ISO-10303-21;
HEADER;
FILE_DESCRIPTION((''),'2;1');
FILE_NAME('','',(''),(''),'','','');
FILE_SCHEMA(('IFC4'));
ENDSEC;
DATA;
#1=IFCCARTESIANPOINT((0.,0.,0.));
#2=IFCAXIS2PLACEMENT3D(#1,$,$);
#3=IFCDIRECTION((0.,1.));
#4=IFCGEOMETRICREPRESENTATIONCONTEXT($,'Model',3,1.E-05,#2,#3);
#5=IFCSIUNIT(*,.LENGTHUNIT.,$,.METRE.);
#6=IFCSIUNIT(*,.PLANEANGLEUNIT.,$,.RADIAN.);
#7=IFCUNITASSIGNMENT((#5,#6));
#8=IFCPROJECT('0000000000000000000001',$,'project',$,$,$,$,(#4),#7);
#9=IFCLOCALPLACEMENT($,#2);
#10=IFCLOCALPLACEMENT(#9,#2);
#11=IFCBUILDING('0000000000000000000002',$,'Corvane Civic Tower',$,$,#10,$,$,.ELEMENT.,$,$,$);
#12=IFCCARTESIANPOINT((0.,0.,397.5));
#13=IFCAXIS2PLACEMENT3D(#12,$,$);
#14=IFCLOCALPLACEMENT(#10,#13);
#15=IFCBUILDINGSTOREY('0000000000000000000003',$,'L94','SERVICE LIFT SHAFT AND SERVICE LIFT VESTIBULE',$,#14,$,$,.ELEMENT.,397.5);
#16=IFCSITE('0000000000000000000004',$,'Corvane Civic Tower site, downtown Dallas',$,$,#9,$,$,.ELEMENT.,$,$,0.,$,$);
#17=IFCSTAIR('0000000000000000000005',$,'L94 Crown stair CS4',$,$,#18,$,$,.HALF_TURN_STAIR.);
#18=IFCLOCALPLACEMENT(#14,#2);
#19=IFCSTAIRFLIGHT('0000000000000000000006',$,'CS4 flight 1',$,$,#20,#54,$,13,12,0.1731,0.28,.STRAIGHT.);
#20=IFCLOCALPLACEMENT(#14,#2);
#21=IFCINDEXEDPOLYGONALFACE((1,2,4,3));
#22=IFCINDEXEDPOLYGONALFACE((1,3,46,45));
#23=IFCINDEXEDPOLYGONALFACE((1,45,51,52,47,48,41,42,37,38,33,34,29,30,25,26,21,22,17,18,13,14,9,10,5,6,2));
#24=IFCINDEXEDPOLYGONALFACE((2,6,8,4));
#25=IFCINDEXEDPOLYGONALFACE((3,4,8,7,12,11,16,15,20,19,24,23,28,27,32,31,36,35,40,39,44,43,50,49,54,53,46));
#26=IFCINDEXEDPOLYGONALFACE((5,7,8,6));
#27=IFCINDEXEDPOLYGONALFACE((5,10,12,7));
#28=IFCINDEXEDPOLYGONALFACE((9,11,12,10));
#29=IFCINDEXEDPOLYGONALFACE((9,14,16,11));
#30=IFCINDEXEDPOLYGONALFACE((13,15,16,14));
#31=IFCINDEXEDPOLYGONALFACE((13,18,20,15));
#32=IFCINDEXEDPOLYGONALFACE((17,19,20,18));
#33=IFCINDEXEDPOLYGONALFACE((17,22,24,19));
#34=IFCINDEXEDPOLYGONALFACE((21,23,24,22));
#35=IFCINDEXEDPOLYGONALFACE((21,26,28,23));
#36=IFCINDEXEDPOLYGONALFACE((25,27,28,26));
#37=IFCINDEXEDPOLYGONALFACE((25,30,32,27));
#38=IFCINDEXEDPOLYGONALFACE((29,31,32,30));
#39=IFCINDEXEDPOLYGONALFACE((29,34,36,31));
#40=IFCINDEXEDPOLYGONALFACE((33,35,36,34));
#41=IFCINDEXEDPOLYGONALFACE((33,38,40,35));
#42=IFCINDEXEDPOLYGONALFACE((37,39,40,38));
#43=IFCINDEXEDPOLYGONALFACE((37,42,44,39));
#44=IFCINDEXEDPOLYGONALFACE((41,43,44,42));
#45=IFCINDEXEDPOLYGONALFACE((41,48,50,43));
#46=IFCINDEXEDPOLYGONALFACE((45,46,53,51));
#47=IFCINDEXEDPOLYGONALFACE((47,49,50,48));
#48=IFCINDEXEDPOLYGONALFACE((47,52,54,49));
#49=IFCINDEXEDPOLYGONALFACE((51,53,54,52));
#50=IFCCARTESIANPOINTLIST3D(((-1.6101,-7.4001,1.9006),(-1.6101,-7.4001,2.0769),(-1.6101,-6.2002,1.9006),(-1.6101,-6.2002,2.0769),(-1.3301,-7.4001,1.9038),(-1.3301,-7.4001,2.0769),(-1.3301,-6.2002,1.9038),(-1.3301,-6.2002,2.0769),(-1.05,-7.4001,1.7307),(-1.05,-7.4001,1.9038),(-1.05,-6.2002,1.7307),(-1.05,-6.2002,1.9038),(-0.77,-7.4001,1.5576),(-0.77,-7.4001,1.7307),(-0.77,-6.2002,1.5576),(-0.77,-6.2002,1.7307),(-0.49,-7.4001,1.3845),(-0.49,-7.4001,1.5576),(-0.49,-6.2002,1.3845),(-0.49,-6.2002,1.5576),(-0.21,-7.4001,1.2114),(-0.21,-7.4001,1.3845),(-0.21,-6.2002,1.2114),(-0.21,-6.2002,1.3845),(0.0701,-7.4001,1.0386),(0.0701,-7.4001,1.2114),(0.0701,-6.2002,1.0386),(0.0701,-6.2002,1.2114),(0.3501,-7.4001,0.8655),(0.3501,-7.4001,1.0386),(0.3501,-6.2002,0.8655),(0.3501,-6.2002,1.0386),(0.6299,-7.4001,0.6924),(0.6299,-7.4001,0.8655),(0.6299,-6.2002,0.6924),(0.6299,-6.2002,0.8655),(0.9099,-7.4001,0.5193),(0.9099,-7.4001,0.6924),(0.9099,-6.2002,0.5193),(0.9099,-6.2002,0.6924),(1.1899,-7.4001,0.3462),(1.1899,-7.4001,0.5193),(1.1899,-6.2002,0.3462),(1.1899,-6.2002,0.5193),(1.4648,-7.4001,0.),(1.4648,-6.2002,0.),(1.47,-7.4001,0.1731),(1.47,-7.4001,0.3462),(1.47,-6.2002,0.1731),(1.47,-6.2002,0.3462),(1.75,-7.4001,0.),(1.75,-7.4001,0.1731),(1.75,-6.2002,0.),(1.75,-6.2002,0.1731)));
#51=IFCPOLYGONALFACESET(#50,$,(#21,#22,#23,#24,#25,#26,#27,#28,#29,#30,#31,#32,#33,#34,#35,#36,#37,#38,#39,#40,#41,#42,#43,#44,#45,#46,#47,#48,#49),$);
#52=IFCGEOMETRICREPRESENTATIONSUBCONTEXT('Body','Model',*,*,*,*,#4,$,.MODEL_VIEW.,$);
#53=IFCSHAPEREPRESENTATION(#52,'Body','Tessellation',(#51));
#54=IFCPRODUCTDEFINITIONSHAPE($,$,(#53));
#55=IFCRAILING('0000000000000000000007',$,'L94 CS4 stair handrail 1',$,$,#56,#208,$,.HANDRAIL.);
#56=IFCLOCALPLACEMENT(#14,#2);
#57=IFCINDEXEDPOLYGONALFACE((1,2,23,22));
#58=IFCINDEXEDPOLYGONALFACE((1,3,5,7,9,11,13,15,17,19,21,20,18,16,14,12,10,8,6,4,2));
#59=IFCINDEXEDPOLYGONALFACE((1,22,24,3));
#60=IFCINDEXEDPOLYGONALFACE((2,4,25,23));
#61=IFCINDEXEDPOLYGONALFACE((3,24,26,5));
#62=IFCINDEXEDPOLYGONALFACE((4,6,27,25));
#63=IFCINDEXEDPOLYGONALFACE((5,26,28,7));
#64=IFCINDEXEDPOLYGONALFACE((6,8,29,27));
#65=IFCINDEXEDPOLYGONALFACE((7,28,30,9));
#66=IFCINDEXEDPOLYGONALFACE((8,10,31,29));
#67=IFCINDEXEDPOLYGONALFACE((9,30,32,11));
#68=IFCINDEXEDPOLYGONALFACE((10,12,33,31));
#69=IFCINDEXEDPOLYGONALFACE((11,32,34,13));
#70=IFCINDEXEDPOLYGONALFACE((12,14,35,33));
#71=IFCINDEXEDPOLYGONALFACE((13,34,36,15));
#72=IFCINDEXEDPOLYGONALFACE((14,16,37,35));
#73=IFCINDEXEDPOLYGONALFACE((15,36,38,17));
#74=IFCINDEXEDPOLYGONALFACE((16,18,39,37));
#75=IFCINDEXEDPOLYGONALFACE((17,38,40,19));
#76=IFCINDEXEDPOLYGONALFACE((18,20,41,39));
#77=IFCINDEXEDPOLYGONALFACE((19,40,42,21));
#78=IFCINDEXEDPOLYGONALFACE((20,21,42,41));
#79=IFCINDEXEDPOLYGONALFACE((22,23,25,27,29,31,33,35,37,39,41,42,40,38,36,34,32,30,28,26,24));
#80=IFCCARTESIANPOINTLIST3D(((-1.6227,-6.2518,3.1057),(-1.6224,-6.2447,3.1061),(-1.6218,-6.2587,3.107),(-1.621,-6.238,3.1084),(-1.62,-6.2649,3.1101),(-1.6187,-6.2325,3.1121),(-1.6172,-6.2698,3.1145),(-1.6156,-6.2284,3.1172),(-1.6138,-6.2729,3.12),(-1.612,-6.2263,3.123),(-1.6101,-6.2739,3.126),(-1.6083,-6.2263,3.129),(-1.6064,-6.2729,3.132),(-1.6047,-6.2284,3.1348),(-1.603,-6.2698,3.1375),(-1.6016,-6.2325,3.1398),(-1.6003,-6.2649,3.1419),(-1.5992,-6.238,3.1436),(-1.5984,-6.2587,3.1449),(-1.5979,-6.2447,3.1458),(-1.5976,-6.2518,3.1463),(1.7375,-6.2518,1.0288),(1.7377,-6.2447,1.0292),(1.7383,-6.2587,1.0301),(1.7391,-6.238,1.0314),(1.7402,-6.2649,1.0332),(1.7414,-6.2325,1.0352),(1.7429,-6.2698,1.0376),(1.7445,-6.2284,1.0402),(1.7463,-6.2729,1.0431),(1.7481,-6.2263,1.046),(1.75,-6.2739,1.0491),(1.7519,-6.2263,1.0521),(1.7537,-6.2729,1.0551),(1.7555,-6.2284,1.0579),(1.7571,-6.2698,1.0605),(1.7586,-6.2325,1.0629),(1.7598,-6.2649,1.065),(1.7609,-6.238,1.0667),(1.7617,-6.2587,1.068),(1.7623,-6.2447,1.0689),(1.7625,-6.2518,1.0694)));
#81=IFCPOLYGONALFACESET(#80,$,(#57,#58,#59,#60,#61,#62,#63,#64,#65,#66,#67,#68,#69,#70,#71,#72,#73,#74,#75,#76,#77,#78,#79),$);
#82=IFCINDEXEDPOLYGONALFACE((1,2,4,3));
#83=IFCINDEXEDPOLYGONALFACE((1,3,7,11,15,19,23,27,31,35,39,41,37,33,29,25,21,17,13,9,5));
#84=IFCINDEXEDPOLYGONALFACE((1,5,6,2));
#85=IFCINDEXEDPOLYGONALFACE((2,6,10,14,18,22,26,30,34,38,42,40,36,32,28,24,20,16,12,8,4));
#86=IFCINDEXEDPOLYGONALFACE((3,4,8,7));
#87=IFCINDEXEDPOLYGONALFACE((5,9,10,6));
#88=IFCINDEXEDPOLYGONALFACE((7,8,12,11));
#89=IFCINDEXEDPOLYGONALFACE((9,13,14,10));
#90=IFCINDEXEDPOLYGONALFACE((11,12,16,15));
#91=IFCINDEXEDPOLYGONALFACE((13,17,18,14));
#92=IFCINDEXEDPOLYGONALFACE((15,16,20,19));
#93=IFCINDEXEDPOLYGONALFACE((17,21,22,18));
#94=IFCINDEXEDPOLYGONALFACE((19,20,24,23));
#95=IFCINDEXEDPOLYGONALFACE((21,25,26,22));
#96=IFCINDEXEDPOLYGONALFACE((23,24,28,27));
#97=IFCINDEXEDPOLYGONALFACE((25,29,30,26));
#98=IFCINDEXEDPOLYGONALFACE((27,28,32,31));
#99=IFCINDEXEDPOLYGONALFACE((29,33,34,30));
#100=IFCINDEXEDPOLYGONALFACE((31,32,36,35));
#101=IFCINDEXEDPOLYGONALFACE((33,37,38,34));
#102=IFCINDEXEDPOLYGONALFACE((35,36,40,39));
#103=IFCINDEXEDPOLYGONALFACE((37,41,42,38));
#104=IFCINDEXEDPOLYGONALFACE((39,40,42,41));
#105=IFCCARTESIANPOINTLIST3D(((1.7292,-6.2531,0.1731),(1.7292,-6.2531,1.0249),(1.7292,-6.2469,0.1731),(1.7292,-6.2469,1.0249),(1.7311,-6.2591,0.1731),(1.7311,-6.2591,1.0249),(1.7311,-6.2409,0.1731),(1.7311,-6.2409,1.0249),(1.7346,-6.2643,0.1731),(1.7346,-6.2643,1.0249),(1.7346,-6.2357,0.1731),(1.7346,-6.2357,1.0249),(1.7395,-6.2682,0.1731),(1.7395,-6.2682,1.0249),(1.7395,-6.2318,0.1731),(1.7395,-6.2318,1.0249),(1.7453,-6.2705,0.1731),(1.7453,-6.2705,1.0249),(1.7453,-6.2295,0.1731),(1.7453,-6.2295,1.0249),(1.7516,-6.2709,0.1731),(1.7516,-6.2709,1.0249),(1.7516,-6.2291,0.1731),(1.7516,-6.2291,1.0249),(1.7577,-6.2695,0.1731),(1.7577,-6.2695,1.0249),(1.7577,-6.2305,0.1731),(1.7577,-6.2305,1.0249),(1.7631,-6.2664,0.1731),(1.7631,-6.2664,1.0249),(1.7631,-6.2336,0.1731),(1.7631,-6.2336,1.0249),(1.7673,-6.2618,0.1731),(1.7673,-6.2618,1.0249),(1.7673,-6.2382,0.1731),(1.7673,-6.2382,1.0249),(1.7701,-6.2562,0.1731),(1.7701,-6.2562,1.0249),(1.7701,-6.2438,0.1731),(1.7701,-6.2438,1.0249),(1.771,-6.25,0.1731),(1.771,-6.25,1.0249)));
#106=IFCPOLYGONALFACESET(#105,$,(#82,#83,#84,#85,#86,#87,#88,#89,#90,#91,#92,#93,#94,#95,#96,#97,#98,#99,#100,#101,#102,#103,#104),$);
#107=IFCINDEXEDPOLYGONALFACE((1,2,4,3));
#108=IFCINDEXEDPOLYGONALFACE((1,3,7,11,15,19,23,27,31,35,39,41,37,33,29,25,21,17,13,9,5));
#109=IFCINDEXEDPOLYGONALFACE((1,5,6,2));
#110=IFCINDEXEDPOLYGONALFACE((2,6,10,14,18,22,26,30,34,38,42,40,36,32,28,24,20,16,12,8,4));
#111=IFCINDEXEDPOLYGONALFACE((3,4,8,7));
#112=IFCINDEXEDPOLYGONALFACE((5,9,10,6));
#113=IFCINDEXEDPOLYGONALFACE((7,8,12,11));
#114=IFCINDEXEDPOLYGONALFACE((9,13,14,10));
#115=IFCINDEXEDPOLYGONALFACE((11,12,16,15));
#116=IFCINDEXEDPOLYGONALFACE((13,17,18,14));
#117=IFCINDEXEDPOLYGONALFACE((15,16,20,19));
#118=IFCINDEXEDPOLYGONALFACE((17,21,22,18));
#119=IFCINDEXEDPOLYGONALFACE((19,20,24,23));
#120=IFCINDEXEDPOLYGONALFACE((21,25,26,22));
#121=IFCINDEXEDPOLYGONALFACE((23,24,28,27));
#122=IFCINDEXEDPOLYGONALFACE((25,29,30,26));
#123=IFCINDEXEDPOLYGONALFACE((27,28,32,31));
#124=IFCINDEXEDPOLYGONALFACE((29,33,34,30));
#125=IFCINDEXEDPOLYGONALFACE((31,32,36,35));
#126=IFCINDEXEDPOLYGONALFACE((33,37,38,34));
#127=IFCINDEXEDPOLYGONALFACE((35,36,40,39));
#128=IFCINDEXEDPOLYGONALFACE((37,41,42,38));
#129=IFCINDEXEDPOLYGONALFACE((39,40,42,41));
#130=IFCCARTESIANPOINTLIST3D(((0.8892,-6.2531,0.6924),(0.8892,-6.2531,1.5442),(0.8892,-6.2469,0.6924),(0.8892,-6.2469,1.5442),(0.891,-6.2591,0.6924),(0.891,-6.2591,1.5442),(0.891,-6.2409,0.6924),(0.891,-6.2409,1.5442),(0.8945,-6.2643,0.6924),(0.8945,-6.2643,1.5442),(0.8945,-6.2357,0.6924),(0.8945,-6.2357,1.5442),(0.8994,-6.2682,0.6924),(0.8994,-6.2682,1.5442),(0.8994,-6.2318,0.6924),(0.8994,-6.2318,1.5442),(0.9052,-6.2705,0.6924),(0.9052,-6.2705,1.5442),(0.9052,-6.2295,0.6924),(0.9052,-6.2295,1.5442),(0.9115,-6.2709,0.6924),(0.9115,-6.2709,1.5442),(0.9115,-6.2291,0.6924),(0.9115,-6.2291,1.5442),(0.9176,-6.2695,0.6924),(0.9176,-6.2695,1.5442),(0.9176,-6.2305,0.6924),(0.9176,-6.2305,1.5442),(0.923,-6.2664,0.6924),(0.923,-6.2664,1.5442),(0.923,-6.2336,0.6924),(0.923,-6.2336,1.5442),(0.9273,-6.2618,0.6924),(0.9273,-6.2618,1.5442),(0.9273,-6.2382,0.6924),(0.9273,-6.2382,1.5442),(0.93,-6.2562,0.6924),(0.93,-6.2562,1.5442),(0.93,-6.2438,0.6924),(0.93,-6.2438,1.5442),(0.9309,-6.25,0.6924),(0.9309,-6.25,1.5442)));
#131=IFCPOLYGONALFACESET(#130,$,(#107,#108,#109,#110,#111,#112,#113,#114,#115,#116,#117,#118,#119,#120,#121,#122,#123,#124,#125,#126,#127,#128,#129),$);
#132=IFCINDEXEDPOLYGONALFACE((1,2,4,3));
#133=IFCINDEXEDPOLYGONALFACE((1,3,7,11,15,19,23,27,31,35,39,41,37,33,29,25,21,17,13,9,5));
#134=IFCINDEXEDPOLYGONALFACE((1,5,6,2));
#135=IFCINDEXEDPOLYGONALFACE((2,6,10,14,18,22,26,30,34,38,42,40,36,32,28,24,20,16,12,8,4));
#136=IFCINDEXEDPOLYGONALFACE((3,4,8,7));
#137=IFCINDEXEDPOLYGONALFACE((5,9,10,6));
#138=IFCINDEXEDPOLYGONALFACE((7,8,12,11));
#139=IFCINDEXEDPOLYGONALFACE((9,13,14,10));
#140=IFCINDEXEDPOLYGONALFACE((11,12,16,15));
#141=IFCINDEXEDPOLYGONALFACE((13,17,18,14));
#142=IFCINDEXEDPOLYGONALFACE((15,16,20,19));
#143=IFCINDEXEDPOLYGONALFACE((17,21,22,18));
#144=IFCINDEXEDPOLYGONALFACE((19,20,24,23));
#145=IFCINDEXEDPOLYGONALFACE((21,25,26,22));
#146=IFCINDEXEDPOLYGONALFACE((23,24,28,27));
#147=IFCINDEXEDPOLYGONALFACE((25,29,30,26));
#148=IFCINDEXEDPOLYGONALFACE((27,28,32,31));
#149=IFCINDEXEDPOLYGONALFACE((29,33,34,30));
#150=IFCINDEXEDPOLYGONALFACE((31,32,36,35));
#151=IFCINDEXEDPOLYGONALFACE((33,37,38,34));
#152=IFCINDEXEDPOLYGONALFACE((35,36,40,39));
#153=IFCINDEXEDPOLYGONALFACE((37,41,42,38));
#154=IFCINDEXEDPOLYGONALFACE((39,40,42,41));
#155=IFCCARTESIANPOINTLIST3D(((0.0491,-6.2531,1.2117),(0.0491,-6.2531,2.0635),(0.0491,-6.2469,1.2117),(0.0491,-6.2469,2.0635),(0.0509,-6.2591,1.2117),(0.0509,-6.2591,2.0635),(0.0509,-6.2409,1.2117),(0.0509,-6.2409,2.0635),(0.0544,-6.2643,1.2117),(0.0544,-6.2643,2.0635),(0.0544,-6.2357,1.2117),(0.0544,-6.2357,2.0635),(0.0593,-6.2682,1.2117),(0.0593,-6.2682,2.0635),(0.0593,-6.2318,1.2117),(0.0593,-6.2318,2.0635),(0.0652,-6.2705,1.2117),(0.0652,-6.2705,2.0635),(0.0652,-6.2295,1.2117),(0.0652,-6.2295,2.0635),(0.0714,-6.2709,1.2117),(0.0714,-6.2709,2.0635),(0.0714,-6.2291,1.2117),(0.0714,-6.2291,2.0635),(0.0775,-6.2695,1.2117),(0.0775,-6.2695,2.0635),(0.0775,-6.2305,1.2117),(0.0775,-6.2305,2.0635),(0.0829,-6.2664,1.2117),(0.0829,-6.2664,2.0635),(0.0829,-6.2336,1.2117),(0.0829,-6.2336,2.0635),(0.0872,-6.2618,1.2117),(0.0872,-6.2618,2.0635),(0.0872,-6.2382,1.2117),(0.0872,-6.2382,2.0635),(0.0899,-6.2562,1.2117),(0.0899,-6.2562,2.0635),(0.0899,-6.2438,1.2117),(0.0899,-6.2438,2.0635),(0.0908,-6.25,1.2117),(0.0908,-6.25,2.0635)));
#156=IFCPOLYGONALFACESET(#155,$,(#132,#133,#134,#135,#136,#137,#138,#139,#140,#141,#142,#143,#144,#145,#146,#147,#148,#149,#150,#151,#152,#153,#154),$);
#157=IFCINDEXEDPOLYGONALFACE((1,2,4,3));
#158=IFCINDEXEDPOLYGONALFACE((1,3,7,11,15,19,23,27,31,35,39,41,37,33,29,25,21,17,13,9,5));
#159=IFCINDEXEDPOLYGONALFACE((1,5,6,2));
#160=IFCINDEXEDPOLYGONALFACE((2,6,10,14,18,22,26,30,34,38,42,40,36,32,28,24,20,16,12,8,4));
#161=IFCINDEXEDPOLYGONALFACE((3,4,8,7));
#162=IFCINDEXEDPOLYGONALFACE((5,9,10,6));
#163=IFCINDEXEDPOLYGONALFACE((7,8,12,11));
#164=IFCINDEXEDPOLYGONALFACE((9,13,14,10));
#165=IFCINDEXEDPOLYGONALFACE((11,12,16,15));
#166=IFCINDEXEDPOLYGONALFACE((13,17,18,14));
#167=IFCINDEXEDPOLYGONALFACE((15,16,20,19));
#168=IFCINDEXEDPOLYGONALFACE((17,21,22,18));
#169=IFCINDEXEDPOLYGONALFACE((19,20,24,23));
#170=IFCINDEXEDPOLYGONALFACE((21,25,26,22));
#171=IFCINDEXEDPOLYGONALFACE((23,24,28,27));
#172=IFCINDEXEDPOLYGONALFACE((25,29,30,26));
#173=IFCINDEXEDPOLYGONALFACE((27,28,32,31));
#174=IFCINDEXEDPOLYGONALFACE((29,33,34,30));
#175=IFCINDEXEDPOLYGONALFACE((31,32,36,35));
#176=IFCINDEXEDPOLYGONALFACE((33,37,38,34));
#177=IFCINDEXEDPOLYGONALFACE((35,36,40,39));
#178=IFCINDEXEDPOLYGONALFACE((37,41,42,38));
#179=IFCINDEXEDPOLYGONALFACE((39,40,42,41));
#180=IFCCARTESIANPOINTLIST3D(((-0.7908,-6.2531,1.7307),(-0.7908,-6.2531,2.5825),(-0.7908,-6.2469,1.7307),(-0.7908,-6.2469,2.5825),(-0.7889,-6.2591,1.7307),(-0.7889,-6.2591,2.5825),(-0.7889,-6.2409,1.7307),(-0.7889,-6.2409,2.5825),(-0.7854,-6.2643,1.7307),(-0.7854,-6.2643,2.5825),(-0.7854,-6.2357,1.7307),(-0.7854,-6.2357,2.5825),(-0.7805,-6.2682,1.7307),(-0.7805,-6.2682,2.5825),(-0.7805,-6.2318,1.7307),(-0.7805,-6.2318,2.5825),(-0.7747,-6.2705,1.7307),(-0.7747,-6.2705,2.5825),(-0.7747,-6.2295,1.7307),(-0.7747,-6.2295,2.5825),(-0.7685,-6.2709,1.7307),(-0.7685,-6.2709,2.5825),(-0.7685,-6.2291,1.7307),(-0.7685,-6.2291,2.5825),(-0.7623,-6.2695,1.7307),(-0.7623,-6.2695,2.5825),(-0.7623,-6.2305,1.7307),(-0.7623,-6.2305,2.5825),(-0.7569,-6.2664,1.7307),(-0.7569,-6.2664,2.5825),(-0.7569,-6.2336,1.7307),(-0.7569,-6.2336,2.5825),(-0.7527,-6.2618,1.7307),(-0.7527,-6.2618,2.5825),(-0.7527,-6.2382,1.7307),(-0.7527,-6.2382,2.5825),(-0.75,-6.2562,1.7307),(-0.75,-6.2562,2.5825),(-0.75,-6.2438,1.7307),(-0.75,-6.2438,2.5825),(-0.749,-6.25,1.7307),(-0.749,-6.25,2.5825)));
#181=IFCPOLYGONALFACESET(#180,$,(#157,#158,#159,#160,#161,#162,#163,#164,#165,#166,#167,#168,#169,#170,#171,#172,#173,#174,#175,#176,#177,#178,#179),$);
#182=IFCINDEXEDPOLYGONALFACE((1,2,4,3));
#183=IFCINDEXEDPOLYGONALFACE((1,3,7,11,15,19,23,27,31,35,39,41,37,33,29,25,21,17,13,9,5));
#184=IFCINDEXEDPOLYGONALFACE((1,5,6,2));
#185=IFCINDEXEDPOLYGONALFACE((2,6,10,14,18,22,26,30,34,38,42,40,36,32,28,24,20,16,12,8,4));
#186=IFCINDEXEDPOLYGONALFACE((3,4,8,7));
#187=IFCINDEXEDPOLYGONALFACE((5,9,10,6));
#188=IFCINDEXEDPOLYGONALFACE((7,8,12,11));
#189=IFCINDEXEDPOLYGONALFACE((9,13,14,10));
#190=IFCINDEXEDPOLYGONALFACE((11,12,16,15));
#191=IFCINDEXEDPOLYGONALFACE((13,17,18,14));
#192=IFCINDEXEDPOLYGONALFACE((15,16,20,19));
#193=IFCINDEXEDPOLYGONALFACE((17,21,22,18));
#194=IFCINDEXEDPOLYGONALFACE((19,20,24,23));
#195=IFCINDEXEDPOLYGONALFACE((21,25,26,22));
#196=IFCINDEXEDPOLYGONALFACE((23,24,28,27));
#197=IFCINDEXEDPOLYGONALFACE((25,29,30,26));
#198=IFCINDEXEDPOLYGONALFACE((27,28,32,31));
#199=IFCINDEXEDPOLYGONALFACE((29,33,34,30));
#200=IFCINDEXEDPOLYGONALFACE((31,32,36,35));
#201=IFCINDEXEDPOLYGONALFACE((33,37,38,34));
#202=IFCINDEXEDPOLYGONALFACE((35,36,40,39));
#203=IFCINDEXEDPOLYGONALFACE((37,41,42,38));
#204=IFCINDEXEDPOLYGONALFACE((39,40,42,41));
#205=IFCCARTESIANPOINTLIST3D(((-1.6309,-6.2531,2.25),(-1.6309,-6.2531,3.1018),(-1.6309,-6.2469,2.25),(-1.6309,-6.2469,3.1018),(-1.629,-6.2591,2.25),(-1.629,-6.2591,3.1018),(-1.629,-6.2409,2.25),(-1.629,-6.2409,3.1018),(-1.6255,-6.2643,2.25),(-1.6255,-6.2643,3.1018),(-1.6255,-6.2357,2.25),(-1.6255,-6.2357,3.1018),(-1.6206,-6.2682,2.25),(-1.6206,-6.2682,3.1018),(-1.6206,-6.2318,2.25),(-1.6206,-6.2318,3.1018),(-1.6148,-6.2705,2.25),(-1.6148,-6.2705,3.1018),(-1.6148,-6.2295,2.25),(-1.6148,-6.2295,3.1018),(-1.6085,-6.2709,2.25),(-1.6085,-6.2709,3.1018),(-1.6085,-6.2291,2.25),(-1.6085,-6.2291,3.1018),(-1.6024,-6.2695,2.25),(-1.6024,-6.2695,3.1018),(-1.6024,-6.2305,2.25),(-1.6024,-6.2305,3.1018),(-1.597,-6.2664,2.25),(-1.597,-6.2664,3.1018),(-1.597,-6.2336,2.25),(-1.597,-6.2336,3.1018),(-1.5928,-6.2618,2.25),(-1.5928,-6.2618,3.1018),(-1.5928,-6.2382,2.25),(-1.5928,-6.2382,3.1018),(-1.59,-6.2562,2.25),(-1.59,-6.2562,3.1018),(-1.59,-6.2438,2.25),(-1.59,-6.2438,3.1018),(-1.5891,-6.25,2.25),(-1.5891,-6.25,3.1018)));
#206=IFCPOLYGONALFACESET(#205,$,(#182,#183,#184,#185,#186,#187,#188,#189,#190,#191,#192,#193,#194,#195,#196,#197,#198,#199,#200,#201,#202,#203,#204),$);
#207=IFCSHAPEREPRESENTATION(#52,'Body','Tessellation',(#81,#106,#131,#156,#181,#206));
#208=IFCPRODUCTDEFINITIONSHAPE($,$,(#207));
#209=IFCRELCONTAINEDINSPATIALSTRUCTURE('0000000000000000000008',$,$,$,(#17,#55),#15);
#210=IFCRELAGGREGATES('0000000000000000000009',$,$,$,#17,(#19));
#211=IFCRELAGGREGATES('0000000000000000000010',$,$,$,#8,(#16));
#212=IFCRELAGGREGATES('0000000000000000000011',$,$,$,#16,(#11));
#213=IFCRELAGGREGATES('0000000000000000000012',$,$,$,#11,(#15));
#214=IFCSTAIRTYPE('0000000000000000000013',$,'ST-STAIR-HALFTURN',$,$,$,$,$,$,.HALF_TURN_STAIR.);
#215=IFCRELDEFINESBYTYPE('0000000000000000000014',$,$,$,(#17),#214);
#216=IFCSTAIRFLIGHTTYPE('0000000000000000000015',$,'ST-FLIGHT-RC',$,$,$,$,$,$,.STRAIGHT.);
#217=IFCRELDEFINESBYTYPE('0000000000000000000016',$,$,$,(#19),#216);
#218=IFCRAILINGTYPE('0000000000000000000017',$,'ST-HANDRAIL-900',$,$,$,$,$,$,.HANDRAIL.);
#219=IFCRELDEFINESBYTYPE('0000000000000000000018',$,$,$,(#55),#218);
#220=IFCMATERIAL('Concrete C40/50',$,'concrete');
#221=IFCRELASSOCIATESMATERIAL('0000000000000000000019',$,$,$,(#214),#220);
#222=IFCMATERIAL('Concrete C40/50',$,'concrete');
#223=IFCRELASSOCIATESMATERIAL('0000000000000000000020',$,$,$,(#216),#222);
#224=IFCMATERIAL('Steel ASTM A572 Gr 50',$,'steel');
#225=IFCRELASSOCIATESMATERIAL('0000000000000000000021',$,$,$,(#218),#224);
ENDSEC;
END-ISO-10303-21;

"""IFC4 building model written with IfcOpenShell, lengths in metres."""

from ifc_helpers import new_model, si_unit, direction, frame, origin, origin_2d, place, context, subcontext, project, spatial, polyline, circle, outline, extrude, material, type_object, element, aggregate, save


model = new_model("IFC4")

# Units and contexts
model_context = context("Model", 3, precision=1e-05, world=origin(), true_north=direction((0.0, 1.0)))
body_context = subcontext(model_context, "Body", "Model", "MODEL_VIEW")
ifc_project = project(units=[si_unit("LENGTHUNIT", "METRE"), si_unit("PLANEANGLEUNIT", "RADIAN")], contexts=[model_context])

# Site, building, storey
site_placement = place(None, origin())
site = spatial("IfcSite", under=ifc_project, at=site_placement, Name="Corvane Civic Tower site, downtown Dallas", CompositionType="ELEMENT", RefElevation=0.0)
building_placement = place(site_placement, origin())
building = spatial("IfcBuilding", under=site, at=building_placement, Name="Corvane Civic Tower", CompositionType="ELEMENT")
storey_placement = place(building_placement, frame((0.0, 0.0, 397.5)))
storey = spatial("IfcBuildingStorey", under=building, at=storey_placement, Name="L94", Description="SERVICE LIFT SHAFT AND SERVICE LIFT VESTIBULE", CompositionType="ELEMENT", Elevation=397.5)

# Stair, stair flight
ifc_material_1 = material(Name="Concrete C40/50", Category="concrete")
stair_type = type_object("IfcStairType", Name="ST-STAIR-HALFTURN", PredefinedType="HALF_TURN_STAIR", material=ifc_material_1)
stair_placement = place(storey_placement, origin())
stair = element("IfcStair", 1, at=stair_placement, inside=storey, type_object=stair_type, Name="L94 Crown stair CS4", PredefinedType="HALF_TURN_STAIR")
ifc_material_2 = material(Name="Concrete C40/50", Category="concrete")
stair_flight_type = type_object("IfcStairFlightType", Name="ST-FLIGHT-RC", PredefinedType="STRAIGHT", material=ifc_material_2)
stair_flight_placement = place(storey_placement, frame((1.75, -6.8, 0.0), z_axis=(0.0, 0.0, 1.0), x_axis=(-1.0, 0.0, 0.0)))
stair_flight = element("IfcStairFlight", 2, at=stair_flight_placement, type_object=stair_flight_type, Name="CS4 flight 1", NumberOfRisers=13, NumberOfTreads=12, PredefinedType="STRAIGHT", RiserHeight=0.1731, TreadLength=0.28, context=body_context, shape_type="SweptSolid", body=[
    extrude(outline(polyline([(0.0, 0.0), (0.0, 0.1731), (0.28, 0.1731), (0.28, 0.3462), (0.5601, 0.3462), (0.5601, 0.5193), (0.8401, 0.5193), (0.8401, 0.6924), (1.1201, 0.6924), (1.1201, 0.8655), (1.3999, 0.8655), (1.3999, 1.0386), (1.6799, 1.0386), (1.6799, 1.2114), (1.96, 1.2114), (1.96, 1.3845), (2.24, 1.3845), (2.24, 1.5576), (2.52, 1.5576), (2.52, 1.7307), (2.8, 1.7307), (2.8, 1.9038), (3.0801, 1.9038), (3.0801, 2.0769), (3.3601, 2.0769), (3.3601, 2.25), (3.3601, 1.9006), (0.2852, 0.0), (0.0, 0.0)])), frame((0.0, 0.6001, 0.0), z_axis=(0.0, -1.0, 0.0), x_axis=(1.0, 0.0, 0.0)), (0.0, 0.0, 1.0), 1.2),
])
aggregate(stair, [stair_flight])

# Railing
ifc_material_3 = material(Name="Steel ASTM A572 Gr 50", Category="steel")
railing_type_1 = type_object("IfcRailingType", Name="ST-HANDRAIL-900", PredefinedType="HANDRAIL", material=ifc_material_3)
railing_1_placement = place(storey_placement, frame((1.75, -6.25, 0.1731)))
element("IfcRailing", 3, at=railing_1_placement, inside=storey, type_object=railing_type_1, Name="L94 CS4 stair handrail 1", PredefinedType="HANDRAIL", context=body_context, shape_type="SweptSolid", body=[
    extrude(circle(Radius=0.0239, at=origin_2d()), frame((0.0, 0.0, 0.876), z_axis=(-0.850623, 0.0, 0.525776), x_axis=(0.0, -1.0, 0.0)), (0.0, 0.0, 1.0), 3.9502),
    extrude(circle(Radius=0.021, at=origin_2d()), origin(), (0.0, 0.0, 1.0), 0.8518),
    extrude(circle(Radius=0.021, at=origin_2d()), frame((-0.8401, 0.0, 0.5193)), (0.0, 0.0, 1.0), 0.8518),
    extrude(circle(Radius=0.021, at=origin_2d()), frame((-1.6802, 0.0, 1.0386)), (0.0, 0.0, 1.0), 0.8518),
    extrude(circle(Radius=0.021, at=origin_2d()), frame((-2.52, 0.0, 1.5576)), (0.0, 0.0, 1.0), 0.8518),
    extrude(circle(Radius=0.021, at=origin_2d()), frame((-3.3601, 0.0, 2.0769)), (0.0, 0.0, 1.0), 0.8518),
])

save(model, "model.ifc")
